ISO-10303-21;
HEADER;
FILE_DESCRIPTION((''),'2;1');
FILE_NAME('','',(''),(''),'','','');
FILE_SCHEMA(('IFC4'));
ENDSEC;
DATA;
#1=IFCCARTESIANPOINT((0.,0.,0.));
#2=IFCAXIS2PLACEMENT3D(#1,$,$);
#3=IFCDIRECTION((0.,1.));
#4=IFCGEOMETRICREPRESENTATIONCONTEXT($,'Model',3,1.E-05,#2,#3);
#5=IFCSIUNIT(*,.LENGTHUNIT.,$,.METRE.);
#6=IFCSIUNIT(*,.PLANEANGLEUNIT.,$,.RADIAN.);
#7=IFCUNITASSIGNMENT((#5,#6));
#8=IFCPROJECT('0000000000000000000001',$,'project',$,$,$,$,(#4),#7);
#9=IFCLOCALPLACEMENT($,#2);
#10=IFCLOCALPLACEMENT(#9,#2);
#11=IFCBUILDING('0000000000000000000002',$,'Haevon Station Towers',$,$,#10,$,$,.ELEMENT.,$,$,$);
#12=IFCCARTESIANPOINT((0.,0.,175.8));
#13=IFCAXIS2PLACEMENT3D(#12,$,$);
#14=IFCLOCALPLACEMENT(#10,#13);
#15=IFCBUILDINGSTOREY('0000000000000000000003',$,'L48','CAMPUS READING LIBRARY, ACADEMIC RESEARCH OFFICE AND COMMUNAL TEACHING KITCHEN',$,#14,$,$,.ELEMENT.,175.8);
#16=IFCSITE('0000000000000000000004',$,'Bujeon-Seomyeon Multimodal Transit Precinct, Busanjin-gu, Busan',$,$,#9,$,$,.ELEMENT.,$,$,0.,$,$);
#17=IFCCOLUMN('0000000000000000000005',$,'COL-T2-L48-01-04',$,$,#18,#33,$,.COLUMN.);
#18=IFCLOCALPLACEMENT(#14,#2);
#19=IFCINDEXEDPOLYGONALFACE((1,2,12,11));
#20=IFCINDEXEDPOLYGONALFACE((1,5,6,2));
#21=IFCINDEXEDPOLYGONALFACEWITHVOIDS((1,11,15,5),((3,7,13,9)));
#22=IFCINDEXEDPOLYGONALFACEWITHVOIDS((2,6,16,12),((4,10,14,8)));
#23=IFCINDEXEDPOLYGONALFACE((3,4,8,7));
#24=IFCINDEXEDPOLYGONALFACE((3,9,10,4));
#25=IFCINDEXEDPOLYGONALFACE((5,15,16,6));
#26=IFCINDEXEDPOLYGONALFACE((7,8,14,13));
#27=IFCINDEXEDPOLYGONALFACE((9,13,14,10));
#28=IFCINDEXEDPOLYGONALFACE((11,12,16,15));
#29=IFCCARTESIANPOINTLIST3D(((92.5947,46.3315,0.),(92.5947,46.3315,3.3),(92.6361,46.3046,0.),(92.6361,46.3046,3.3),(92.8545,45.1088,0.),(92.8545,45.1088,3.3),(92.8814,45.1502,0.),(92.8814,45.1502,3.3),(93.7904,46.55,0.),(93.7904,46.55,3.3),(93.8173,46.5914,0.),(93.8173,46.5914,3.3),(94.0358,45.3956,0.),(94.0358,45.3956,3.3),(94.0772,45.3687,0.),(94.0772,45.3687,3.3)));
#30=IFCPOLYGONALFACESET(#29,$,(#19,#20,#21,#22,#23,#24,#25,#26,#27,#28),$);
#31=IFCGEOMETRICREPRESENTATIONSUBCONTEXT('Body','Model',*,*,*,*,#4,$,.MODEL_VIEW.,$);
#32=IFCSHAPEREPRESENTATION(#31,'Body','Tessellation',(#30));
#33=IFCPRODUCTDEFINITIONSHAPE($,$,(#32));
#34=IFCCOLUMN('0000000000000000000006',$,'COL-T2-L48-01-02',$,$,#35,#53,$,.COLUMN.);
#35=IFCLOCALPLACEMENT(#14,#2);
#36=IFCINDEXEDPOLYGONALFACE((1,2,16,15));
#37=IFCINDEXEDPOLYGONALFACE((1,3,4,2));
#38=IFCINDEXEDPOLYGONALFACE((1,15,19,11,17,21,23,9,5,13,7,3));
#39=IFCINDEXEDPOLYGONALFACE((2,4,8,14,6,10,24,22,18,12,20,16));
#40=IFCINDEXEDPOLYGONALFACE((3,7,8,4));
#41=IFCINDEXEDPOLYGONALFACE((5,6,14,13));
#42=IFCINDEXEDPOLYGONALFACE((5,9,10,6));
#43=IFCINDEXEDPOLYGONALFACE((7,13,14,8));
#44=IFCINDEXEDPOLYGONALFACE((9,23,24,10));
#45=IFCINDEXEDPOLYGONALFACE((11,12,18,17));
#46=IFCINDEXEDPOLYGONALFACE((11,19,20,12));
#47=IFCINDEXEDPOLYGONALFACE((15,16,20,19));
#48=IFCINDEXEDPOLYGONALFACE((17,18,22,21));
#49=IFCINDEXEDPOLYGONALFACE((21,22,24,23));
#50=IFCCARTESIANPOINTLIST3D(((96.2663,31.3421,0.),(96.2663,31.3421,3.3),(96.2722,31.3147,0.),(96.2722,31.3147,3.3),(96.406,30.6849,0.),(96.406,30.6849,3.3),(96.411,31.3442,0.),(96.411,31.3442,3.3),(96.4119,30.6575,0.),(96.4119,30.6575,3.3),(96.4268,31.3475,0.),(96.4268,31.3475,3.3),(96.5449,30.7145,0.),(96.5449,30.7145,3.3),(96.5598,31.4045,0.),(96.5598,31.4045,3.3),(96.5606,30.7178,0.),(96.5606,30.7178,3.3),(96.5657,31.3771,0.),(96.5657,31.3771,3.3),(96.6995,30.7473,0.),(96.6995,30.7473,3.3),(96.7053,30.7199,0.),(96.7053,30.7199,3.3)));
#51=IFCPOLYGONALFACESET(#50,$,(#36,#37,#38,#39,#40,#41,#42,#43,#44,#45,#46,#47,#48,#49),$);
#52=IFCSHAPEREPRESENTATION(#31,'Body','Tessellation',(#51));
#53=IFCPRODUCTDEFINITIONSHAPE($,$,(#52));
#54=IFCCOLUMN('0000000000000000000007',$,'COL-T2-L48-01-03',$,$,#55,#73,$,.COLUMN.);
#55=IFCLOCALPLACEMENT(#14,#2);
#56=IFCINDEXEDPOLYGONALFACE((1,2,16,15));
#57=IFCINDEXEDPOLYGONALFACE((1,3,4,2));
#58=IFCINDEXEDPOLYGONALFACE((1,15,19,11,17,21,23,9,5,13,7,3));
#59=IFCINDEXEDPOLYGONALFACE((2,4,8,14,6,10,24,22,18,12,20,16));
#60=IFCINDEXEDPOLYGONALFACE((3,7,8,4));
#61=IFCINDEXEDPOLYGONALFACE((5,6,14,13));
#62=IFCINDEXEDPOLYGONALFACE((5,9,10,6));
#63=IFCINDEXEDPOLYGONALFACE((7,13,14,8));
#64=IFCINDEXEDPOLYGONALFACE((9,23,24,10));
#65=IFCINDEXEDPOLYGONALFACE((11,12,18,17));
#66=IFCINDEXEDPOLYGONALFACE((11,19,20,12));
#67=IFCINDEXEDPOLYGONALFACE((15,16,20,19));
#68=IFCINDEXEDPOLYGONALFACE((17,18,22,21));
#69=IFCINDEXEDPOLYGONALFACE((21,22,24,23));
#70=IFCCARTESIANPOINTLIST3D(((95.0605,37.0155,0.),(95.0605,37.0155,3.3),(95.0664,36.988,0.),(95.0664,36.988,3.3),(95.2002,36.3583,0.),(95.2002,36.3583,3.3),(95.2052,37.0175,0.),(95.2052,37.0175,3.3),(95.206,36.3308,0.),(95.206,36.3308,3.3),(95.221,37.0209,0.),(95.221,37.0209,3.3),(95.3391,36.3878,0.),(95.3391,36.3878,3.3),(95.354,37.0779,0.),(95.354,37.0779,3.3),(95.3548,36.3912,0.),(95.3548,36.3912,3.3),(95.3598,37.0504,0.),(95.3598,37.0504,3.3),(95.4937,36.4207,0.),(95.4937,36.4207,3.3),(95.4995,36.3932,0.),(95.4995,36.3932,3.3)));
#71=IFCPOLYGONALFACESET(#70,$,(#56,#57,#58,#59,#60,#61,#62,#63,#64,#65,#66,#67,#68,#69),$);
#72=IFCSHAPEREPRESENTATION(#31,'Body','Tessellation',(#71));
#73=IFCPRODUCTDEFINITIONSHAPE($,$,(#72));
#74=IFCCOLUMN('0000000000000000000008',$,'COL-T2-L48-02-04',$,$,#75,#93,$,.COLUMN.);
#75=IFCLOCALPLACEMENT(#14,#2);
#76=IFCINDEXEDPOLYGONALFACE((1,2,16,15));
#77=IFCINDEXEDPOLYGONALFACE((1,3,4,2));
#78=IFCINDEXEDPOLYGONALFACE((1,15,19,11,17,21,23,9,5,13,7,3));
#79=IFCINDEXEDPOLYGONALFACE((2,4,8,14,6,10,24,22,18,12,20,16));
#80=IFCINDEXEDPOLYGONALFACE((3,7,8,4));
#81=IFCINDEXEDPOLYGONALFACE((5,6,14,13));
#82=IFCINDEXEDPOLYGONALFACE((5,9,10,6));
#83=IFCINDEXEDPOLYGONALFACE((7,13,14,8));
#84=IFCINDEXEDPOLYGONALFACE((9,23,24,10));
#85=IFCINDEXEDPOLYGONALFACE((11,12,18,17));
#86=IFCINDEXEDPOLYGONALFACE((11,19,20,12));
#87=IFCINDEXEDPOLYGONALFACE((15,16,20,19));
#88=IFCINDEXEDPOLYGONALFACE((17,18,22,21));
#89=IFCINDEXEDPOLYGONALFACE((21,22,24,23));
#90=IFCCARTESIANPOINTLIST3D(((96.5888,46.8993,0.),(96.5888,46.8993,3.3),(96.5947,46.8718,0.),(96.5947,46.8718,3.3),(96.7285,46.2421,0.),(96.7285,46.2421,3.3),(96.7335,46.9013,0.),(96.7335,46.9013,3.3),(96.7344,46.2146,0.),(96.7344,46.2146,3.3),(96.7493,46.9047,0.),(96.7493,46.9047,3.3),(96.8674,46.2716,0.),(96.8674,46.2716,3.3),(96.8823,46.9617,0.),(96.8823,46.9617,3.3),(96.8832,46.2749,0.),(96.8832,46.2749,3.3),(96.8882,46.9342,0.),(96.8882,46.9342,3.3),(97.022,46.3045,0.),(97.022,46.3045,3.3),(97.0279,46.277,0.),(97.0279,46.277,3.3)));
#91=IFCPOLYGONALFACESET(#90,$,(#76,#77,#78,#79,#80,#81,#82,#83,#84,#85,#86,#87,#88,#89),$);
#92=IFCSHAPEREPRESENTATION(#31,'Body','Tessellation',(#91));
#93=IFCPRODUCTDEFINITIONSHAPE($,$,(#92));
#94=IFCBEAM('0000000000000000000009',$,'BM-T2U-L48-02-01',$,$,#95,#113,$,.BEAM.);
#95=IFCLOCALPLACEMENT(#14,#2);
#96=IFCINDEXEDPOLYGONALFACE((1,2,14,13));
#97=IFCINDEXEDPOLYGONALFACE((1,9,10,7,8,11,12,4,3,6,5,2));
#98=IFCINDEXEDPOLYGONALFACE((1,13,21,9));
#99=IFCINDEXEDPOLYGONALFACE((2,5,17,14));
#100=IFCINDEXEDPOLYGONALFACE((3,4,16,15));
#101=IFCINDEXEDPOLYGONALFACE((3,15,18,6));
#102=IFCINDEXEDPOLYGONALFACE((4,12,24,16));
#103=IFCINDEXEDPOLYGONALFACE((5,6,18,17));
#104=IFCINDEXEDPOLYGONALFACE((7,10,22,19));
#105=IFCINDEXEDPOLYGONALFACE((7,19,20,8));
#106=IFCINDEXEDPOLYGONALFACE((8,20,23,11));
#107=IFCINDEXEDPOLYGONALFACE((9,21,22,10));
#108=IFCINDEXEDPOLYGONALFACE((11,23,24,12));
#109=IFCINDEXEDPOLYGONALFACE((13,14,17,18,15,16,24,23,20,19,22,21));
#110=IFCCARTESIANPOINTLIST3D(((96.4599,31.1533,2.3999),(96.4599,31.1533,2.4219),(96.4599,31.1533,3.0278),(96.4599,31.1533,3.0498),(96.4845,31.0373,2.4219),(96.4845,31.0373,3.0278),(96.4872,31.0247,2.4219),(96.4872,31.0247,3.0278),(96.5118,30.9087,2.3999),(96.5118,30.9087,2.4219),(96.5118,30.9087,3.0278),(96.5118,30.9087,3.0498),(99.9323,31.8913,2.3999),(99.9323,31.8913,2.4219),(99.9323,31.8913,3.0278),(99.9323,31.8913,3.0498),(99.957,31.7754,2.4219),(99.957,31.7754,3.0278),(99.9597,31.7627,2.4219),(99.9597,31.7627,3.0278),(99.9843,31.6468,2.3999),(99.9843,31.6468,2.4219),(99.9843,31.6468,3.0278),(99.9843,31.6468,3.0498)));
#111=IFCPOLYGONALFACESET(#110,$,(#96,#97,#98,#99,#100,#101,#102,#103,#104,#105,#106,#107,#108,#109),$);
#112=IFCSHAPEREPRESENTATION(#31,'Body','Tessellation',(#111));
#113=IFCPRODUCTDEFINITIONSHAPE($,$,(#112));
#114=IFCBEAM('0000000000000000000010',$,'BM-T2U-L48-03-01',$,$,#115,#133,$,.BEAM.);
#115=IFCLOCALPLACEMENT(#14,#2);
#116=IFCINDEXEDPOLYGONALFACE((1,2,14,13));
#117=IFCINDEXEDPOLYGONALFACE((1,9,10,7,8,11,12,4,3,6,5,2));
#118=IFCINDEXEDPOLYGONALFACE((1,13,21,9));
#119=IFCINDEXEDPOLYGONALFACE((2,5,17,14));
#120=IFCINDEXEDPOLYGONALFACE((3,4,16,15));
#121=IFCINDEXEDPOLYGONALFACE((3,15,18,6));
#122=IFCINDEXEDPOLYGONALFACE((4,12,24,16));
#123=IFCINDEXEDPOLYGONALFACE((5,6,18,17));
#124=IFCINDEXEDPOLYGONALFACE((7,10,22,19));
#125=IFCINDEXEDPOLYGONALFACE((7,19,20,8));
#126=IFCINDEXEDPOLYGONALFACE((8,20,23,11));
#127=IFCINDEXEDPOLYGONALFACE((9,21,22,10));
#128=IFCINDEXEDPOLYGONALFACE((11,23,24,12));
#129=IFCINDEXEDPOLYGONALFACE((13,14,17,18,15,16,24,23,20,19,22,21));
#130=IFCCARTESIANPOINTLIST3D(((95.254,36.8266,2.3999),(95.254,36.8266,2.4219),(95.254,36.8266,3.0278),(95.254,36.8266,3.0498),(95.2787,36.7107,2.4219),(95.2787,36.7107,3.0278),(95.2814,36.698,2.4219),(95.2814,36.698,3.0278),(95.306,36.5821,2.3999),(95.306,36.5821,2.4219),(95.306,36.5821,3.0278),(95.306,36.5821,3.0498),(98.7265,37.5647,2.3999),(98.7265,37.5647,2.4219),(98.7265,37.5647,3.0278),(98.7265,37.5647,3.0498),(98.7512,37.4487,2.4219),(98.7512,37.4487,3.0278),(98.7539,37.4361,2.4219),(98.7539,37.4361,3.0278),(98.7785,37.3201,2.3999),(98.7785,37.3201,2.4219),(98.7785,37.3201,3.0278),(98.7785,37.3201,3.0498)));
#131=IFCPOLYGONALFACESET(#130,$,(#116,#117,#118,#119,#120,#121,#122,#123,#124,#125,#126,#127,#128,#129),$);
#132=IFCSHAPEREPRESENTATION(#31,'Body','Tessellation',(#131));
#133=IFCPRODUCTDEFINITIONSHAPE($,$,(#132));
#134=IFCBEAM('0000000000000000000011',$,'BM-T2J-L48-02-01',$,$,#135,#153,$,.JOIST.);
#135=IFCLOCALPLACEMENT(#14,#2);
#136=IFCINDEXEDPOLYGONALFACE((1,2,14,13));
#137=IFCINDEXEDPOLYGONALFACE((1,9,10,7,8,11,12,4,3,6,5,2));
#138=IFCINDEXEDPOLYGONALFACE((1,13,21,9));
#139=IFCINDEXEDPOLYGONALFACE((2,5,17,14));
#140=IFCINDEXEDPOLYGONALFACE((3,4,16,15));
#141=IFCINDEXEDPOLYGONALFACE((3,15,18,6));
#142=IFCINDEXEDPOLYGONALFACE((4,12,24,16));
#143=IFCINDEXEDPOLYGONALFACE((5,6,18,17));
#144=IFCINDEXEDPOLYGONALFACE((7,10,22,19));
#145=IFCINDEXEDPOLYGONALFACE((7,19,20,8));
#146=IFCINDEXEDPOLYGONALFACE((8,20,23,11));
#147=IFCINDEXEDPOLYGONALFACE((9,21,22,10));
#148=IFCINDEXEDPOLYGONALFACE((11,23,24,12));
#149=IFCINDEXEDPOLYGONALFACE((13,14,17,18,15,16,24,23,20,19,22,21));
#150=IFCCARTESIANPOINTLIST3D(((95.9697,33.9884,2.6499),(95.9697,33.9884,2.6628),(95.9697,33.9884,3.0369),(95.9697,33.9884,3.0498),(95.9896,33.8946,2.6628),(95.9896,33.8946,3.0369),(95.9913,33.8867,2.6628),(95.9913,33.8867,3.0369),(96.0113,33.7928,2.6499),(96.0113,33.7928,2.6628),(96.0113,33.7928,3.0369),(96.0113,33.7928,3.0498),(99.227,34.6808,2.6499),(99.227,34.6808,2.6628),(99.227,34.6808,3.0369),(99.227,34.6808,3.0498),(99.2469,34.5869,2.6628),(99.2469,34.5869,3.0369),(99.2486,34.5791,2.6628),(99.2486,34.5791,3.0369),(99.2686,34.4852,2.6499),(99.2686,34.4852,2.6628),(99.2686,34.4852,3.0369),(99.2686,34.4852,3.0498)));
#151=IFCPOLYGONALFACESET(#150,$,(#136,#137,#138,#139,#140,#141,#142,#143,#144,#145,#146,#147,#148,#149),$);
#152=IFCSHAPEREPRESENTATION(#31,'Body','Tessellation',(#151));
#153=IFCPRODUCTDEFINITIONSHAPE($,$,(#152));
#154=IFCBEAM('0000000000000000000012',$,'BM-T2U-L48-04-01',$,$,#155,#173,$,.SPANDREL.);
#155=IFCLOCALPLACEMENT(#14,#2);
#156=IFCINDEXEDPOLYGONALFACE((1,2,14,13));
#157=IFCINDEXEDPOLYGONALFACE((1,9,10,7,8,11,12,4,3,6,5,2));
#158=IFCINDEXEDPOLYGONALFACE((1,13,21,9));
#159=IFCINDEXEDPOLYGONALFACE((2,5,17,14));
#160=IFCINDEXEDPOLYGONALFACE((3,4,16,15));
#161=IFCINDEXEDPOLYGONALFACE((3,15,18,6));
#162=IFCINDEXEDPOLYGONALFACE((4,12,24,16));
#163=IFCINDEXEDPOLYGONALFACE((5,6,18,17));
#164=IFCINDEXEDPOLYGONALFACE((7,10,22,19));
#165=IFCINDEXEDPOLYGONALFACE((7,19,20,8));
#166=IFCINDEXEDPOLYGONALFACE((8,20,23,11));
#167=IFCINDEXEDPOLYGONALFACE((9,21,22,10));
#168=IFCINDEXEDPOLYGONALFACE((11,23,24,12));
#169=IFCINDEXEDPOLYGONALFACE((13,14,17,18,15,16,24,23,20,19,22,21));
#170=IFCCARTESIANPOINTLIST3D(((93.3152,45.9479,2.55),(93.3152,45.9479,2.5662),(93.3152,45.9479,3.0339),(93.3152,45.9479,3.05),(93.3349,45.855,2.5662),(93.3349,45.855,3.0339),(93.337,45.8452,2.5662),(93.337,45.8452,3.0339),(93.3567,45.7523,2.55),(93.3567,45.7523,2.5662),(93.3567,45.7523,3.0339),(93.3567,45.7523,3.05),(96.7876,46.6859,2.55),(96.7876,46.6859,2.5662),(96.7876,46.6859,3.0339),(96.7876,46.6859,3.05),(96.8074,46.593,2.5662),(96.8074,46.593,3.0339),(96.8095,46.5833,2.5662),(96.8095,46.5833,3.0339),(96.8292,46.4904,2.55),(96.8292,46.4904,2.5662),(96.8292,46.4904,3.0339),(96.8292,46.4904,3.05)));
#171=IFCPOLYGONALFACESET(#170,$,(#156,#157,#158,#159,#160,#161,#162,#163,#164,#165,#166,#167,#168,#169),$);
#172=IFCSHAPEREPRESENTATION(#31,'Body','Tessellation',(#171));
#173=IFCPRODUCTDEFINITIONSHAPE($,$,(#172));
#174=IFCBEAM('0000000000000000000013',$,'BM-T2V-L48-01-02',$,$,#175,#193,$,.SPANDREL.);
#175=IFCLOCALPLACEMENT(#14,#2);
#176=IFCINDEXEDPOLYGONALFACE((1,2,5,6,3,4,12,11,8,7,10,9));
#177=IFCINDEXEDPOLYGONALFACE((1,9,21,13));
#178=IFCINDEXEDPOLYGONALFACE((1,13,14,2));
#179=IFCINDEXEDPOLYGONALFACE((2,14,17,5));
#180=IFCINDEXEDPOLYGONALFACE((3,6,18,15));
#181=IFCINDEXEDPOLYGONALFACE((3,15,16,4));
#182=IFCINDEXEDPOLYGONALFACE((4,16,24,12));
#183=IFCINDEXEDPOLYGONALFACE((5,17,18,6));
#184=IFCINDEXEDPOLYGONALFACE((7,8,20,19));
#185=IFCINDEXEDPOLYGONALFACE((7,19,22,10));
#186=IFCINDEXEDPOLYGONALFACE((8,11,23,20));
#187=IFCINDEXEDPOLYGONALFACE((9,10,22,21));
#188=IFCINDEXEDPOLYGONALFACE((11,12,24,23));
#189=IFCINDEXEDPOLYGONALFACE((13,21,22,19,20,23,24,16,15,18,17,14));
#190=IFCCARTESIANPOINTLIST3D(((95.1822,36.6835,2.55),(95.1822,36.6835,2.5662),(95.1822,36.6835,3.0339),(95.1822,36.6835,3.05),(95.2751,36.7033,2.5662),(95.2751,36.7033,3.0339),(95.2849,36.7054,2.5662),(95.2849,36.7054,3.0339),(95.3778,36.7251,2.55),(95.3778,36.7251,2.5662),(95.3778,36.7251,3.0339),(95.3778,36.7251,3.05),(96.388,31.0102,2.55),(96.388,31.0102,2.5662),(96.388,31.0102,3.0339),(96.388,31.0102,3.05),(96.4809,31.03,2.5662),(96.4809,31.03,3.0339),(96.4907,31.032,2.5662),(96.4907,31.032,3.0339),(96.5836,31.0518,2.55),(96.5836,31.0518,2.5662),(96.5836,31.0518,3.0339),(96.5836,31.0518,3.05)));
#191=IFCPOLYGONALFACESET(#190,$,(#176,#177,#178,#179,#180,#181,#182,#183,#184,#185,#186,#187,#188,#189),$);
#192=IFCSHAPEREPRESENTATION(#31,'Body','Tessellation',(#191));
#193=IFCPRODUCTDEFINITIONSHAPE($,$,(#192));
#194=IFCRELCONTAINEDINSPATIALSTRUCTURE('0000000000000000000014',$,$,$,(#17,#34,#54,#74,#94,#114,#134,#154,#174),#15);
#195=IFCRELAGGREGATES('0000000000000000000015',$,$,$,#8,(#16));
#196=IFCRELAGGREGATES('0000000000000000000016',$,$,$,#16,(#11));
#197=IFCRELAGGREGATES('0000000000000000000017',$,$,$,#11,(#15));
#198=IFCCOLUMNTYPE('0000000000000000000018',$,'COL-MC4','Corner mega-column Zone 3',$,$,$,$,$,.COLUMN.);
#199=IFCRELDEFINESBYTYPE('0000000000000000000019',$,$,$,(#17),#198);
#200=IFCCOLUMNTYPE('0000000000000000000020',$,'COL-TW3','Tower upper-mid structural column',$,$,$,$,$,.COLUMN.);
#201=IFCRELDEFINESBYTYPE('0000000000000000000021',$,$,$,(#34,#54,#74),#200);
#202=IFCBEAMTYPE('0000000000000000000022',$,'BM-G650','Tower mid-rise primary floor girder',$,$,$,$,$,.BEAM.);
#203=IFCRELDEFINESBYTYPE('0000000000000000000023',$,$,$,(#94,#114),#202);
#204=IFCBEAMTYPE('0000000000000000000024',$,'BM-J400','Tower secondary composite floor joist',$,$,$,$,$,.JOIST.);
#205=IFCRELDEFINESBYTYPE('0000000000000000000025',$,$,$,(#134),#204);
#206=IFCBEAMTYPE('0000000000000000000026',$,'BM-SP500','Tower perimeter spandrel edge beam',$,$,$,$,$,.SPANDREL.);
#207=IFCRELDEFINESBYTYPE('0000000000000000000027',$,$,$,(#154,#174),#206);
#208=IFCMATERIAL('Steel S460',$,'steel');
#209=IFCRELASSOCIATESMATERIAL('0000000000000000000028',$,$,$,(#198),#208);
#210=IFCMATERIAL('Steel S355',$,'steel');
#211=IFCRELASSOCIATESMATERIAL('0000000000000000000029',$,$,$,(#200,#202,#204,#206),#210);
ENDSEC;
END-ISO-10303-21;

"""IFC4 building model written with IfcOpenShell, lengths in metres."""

from ifc_helpers import new_model, si_unit, direction, frame, origin, origin_2d, place, context, subcontext, project, spatial, hollow_rectangle, i_section, extrude, material, material_profile, profile_set, type_object, element, save


model = new_model("IFC4")

# Units and contexts
model_context = context("Model", 3, precision=1e-05, world=origin(), true_north=direction((0.0, 1.0)))
body_context = subcontext(model_context, "Body", "Model", "MODEL_VIEW")
ifc_project = project(units=[si_unit("LENGTHUNIT", "METRE"), si_unit("PLANEANGLEUNIT", "RADIAN")], contexts=[model_context])

# Site, building, storey
site_placement = place(None, origin())
site = spatial("IfcSite", under=ifc_project, at=site_placement, Name="Bujeon-Seomyeon Multimodal Transit Precinct, Busanjin-gu, Busan", CompositionType="ELEMENT", RefElevation=0.0)
building_placement = place(site_placement, origin())
building = spatial("IfcBuilding", under=site, at=building_placement, Name="Haevon Station Towers", CompositionType="ELEMENT")
storey_placement = place(building_placement, frame((0.0, 0.0, 175.8)))
storey = spatial("IfcBuildingStorey", under=building, at=storey_placement, Name="L48", Description="CAMPUS READING LIBRARY, ACADEMIC RESEARCH OFFICE AND COMMUNAL TEACHING KITCHEN", CompositionType="ELEMENT", Elevation=175.8)

# Columns
ifc_material_1 = material(Name="Steel S460", Category="steel")
ifc_material_profile_1 = material_profile(ifc_material_1, hollow_rectangle(XDim=1.25, YDim=1.25, WallThickness=0.0349, at=origin_2d()), Name="BOX-1250x1250x35")
ifc_profile_set_1 = profile_set([ifc_material_profile_1], Name="Steel S460")
column_type_1 = type_object("IfcColumnType", Name="COL-MC4", Description="Corner mega-column Zone 3", PredefinedType="COLUMN", material=ifc_profile_set_1)
column_placement = place(storey_placement, frame((93.3359, 45.8501, 0.0), z_axis=(0.0, 0.0, 1.0), x_axis=(0.978148, 0.207912, 0.0)))
element("IfcColumn", 1, at=column_placement, inside=storey, type_object=column_type_1, Name="COL-T2-L48-01-04", PredefinedType="COLUMN", context=body_context, shape_type="SweptSolid", body=[
    extrude(hollow_rectangle(XDim=1.25, YDim=1.25, WallThickness=0.0349, at=origin_2d()), origin(), (0.0, 0.0, 1.0), 3.3),
])
ifc_material_2 = material(Name="Steel S355", Category="steel")
ifc_material_profile_2 = material_profile(ifc_material_2, i_section(OverallWidth=0.3, OverallDepth=0.7, WebThickness=0.0161, FlangeThickness=0.0281, at=origin_2d()), Name="H-700x300x16x28")
ifc_profile_set_2 = profile_set([ifc_material_profile_2], Name="Steel S355")
column_type_2 = type_object("IfcColumnType", Name="COL-TW3", Description="Tower upper-mid structural column", PredefinedType="COLUMN", material=ifc_profile_set_2)
for number, where, z_axis, x_axis, name in (
    (2, (96.4858, 31.031, 0.0), (0.0, 0.0, 1.0), (0.978148, 0.207912, 0.0), "COL-T2-L48-01-02"),
    (3, (95.28, 36.7043, 0.0), (0.0, 0.0, 1.0), (0.978148, 0.207912, 0.0), "COL-T2-L48-01-03"),
    (4, (96.8083, 46.5881, 0.0), (0.0, 0.0, 1.0), (0.978148, 0.207912, 0.0), "COL-T2-L48-02-04"),
):
    element("IfcColumn", number, at=place(storey_placement, frame(where, z_axis=z_axis, x_axis=x_axis)), inside=storey, type_object=column_type_2, Name=name, PredefinedType="COLUMN", context=body_context, shape_type="SweptSolid", body=[
        extrude(i_section(OverallWidth=0.3, OverallDepth=0.7, WebThickness=0.0161, FlangeThickness=0.0281, at=origin_2d()), origin(), (0.0, 0.0, 1.0), 3.3),
    ])

# Beams
ifc_material_profile_3 = material_profile(ifc_material_2, i_section(OverallWidth=0.25, OverallDepth=0.6499, WebThickness=0.0129, FlangeThickness=0.022, at=origin_2d()), Name="H-650x250x13x22")
ifc_profile_set_3 = profile_set([ifc_material_profile_3], Name="Steel S355")
beam_type_1 = type_object("IfcBeamType", Name="BM-G650", Description="Tower mid-rise primary floor girder", PredefinedType="BEAM", material=ifc_profile_set_3)
for number, where, z_axis, x_axis, name in (
    (5, (96.4858, 31.031, 2.7249), (0.97815, 0.207899, 0.0), (-0.207899, 0.97815, 0.0), "BM-T2U-L48-02-01"),
    (6, (95.28, 36.7043, 2.7249), (0.97815, 0.207899, 0.0), (-0.207899, 0.97815, 0.0), "BM-T2U-L48-03-01"),
):
    element("IfcBeam", number, at=place(storey_placement, frame(where, z_axis=z_axis, x_axis=x_axis)), inside=storey, type_object=beam_type_1, Name=name, PredefinedType="BEAM", context=body_context, shape_type="SweptSolid", body=[
        extrude(i_section(OverallWidth=0.25, OverallDepth=0.6499, WebThickness=0.0129, FlangeThickness=0.022, at=origin_2d()), origin(), (0.0, 0.0, 1.0), 3.55),
    ])
ifc_material_profile_4 = material_profile(ifc_material_2, i_section(OverallWidth=0.2, OverallDepth=0.3999, WebThickness=0.0081, FlangeThickness=0.0129, at=origin_2d()), Name="H-400x200x8x13")
ifc_profile_set_4 = profile_set([ifc_material_profile_4], Name="Steel S355")
beam_type_2 = type_object("IfcBeamType", Name="BM-J400", Description="Tower secondary composite floor joist", PredefinedType="JOIST", material=ifc_profile_set_4)
beam_1_placement = place(storey_placement, frame((95.9905, 33.8906, 2.8499), z_axis=(0.978147, 0.207917, 0.0), x_axis=(-0.207917, 0.978147, 0.0)))
element("IfcBeam", 7, at=beam_1_placement, inside=storey, type_object=beam_type_2, Name="BM-T2J-L48-02-01", PredefinedType="JOIST", context=body_context, shape_type="SweptSolid", body=[
    extrude(i_section(OverallWidth=0.2, OverallDepth=0.3999, WebThickness=0.0081, FlangeThickness=0.0129, at=origin_2d()), origin(), (0.0, 0.0, 1.0), 3.3301),
])
ifc_material_profile_5 = material_profile(ifc_material_2, i_section(OverallWidth=0.2, OverallDepth=0.5, WebThickness=0.01, FlangeThickness=0.0161, at=origin_2d()), Name="H-500x200x10x16")
ifc_profile_set_5 = profile_set([ifc_material_profile_5], Name="Steel S355")
beam_type_3 = type_object("IfcBeamType", Name="BM-SP500", Description="Tower perimeter spandrel edge beam", PredefinedType="SPANDREL", material=ifc_profile_set_5)
beam_2_placement = place(storey_placement, frame((93.3359, 45.8501, 2.8), z_axis=(0.97815, 0.207899, 0.0), x_axis=(-0.207899, 0.97815, 0.0)))
element("IfcBeam", 8, at=beam_2_placement, inside=storey, type_object=beam_type_3, Name="BM-T2U-L48-04-01", PredefinedType="SPANDREL", context=body_context, shape_type="SweptSolid", body=[
    extrude(i_section(OverallWidth=0.2, OverallDepth=0.5, WebThickness=0.01, FlangeThickness=0.0161, at=origin_2d()), origin(), (0.0, 0.0, 1.0), 3.55),
])
beam_3_placement = place(storey_placement, frame((96.4858, 31.031, 2.8), z_axis=(-0.207896, 0.978151, 0.0), x_axis=(-0.978151, -0.207896, 0.0)))
element("IfcBeam", 9, at=beam_3_placement, inside=storey, type_object=beam_type_3, Name="BM-T2V-L48-01-02", PredefinedType="SPANDREL", context=body_context, shape_type="SweptSolid", body=[
    extrude(i_section(OverallWidth=0.2, OverallDepth=0.5, WebThickness=0.01, FlangeThickness=0.0161, at=origin_2d()), origin(), (0.0, 0.0, 1.0), 5.8),
])

save(model, "model.ifc")
